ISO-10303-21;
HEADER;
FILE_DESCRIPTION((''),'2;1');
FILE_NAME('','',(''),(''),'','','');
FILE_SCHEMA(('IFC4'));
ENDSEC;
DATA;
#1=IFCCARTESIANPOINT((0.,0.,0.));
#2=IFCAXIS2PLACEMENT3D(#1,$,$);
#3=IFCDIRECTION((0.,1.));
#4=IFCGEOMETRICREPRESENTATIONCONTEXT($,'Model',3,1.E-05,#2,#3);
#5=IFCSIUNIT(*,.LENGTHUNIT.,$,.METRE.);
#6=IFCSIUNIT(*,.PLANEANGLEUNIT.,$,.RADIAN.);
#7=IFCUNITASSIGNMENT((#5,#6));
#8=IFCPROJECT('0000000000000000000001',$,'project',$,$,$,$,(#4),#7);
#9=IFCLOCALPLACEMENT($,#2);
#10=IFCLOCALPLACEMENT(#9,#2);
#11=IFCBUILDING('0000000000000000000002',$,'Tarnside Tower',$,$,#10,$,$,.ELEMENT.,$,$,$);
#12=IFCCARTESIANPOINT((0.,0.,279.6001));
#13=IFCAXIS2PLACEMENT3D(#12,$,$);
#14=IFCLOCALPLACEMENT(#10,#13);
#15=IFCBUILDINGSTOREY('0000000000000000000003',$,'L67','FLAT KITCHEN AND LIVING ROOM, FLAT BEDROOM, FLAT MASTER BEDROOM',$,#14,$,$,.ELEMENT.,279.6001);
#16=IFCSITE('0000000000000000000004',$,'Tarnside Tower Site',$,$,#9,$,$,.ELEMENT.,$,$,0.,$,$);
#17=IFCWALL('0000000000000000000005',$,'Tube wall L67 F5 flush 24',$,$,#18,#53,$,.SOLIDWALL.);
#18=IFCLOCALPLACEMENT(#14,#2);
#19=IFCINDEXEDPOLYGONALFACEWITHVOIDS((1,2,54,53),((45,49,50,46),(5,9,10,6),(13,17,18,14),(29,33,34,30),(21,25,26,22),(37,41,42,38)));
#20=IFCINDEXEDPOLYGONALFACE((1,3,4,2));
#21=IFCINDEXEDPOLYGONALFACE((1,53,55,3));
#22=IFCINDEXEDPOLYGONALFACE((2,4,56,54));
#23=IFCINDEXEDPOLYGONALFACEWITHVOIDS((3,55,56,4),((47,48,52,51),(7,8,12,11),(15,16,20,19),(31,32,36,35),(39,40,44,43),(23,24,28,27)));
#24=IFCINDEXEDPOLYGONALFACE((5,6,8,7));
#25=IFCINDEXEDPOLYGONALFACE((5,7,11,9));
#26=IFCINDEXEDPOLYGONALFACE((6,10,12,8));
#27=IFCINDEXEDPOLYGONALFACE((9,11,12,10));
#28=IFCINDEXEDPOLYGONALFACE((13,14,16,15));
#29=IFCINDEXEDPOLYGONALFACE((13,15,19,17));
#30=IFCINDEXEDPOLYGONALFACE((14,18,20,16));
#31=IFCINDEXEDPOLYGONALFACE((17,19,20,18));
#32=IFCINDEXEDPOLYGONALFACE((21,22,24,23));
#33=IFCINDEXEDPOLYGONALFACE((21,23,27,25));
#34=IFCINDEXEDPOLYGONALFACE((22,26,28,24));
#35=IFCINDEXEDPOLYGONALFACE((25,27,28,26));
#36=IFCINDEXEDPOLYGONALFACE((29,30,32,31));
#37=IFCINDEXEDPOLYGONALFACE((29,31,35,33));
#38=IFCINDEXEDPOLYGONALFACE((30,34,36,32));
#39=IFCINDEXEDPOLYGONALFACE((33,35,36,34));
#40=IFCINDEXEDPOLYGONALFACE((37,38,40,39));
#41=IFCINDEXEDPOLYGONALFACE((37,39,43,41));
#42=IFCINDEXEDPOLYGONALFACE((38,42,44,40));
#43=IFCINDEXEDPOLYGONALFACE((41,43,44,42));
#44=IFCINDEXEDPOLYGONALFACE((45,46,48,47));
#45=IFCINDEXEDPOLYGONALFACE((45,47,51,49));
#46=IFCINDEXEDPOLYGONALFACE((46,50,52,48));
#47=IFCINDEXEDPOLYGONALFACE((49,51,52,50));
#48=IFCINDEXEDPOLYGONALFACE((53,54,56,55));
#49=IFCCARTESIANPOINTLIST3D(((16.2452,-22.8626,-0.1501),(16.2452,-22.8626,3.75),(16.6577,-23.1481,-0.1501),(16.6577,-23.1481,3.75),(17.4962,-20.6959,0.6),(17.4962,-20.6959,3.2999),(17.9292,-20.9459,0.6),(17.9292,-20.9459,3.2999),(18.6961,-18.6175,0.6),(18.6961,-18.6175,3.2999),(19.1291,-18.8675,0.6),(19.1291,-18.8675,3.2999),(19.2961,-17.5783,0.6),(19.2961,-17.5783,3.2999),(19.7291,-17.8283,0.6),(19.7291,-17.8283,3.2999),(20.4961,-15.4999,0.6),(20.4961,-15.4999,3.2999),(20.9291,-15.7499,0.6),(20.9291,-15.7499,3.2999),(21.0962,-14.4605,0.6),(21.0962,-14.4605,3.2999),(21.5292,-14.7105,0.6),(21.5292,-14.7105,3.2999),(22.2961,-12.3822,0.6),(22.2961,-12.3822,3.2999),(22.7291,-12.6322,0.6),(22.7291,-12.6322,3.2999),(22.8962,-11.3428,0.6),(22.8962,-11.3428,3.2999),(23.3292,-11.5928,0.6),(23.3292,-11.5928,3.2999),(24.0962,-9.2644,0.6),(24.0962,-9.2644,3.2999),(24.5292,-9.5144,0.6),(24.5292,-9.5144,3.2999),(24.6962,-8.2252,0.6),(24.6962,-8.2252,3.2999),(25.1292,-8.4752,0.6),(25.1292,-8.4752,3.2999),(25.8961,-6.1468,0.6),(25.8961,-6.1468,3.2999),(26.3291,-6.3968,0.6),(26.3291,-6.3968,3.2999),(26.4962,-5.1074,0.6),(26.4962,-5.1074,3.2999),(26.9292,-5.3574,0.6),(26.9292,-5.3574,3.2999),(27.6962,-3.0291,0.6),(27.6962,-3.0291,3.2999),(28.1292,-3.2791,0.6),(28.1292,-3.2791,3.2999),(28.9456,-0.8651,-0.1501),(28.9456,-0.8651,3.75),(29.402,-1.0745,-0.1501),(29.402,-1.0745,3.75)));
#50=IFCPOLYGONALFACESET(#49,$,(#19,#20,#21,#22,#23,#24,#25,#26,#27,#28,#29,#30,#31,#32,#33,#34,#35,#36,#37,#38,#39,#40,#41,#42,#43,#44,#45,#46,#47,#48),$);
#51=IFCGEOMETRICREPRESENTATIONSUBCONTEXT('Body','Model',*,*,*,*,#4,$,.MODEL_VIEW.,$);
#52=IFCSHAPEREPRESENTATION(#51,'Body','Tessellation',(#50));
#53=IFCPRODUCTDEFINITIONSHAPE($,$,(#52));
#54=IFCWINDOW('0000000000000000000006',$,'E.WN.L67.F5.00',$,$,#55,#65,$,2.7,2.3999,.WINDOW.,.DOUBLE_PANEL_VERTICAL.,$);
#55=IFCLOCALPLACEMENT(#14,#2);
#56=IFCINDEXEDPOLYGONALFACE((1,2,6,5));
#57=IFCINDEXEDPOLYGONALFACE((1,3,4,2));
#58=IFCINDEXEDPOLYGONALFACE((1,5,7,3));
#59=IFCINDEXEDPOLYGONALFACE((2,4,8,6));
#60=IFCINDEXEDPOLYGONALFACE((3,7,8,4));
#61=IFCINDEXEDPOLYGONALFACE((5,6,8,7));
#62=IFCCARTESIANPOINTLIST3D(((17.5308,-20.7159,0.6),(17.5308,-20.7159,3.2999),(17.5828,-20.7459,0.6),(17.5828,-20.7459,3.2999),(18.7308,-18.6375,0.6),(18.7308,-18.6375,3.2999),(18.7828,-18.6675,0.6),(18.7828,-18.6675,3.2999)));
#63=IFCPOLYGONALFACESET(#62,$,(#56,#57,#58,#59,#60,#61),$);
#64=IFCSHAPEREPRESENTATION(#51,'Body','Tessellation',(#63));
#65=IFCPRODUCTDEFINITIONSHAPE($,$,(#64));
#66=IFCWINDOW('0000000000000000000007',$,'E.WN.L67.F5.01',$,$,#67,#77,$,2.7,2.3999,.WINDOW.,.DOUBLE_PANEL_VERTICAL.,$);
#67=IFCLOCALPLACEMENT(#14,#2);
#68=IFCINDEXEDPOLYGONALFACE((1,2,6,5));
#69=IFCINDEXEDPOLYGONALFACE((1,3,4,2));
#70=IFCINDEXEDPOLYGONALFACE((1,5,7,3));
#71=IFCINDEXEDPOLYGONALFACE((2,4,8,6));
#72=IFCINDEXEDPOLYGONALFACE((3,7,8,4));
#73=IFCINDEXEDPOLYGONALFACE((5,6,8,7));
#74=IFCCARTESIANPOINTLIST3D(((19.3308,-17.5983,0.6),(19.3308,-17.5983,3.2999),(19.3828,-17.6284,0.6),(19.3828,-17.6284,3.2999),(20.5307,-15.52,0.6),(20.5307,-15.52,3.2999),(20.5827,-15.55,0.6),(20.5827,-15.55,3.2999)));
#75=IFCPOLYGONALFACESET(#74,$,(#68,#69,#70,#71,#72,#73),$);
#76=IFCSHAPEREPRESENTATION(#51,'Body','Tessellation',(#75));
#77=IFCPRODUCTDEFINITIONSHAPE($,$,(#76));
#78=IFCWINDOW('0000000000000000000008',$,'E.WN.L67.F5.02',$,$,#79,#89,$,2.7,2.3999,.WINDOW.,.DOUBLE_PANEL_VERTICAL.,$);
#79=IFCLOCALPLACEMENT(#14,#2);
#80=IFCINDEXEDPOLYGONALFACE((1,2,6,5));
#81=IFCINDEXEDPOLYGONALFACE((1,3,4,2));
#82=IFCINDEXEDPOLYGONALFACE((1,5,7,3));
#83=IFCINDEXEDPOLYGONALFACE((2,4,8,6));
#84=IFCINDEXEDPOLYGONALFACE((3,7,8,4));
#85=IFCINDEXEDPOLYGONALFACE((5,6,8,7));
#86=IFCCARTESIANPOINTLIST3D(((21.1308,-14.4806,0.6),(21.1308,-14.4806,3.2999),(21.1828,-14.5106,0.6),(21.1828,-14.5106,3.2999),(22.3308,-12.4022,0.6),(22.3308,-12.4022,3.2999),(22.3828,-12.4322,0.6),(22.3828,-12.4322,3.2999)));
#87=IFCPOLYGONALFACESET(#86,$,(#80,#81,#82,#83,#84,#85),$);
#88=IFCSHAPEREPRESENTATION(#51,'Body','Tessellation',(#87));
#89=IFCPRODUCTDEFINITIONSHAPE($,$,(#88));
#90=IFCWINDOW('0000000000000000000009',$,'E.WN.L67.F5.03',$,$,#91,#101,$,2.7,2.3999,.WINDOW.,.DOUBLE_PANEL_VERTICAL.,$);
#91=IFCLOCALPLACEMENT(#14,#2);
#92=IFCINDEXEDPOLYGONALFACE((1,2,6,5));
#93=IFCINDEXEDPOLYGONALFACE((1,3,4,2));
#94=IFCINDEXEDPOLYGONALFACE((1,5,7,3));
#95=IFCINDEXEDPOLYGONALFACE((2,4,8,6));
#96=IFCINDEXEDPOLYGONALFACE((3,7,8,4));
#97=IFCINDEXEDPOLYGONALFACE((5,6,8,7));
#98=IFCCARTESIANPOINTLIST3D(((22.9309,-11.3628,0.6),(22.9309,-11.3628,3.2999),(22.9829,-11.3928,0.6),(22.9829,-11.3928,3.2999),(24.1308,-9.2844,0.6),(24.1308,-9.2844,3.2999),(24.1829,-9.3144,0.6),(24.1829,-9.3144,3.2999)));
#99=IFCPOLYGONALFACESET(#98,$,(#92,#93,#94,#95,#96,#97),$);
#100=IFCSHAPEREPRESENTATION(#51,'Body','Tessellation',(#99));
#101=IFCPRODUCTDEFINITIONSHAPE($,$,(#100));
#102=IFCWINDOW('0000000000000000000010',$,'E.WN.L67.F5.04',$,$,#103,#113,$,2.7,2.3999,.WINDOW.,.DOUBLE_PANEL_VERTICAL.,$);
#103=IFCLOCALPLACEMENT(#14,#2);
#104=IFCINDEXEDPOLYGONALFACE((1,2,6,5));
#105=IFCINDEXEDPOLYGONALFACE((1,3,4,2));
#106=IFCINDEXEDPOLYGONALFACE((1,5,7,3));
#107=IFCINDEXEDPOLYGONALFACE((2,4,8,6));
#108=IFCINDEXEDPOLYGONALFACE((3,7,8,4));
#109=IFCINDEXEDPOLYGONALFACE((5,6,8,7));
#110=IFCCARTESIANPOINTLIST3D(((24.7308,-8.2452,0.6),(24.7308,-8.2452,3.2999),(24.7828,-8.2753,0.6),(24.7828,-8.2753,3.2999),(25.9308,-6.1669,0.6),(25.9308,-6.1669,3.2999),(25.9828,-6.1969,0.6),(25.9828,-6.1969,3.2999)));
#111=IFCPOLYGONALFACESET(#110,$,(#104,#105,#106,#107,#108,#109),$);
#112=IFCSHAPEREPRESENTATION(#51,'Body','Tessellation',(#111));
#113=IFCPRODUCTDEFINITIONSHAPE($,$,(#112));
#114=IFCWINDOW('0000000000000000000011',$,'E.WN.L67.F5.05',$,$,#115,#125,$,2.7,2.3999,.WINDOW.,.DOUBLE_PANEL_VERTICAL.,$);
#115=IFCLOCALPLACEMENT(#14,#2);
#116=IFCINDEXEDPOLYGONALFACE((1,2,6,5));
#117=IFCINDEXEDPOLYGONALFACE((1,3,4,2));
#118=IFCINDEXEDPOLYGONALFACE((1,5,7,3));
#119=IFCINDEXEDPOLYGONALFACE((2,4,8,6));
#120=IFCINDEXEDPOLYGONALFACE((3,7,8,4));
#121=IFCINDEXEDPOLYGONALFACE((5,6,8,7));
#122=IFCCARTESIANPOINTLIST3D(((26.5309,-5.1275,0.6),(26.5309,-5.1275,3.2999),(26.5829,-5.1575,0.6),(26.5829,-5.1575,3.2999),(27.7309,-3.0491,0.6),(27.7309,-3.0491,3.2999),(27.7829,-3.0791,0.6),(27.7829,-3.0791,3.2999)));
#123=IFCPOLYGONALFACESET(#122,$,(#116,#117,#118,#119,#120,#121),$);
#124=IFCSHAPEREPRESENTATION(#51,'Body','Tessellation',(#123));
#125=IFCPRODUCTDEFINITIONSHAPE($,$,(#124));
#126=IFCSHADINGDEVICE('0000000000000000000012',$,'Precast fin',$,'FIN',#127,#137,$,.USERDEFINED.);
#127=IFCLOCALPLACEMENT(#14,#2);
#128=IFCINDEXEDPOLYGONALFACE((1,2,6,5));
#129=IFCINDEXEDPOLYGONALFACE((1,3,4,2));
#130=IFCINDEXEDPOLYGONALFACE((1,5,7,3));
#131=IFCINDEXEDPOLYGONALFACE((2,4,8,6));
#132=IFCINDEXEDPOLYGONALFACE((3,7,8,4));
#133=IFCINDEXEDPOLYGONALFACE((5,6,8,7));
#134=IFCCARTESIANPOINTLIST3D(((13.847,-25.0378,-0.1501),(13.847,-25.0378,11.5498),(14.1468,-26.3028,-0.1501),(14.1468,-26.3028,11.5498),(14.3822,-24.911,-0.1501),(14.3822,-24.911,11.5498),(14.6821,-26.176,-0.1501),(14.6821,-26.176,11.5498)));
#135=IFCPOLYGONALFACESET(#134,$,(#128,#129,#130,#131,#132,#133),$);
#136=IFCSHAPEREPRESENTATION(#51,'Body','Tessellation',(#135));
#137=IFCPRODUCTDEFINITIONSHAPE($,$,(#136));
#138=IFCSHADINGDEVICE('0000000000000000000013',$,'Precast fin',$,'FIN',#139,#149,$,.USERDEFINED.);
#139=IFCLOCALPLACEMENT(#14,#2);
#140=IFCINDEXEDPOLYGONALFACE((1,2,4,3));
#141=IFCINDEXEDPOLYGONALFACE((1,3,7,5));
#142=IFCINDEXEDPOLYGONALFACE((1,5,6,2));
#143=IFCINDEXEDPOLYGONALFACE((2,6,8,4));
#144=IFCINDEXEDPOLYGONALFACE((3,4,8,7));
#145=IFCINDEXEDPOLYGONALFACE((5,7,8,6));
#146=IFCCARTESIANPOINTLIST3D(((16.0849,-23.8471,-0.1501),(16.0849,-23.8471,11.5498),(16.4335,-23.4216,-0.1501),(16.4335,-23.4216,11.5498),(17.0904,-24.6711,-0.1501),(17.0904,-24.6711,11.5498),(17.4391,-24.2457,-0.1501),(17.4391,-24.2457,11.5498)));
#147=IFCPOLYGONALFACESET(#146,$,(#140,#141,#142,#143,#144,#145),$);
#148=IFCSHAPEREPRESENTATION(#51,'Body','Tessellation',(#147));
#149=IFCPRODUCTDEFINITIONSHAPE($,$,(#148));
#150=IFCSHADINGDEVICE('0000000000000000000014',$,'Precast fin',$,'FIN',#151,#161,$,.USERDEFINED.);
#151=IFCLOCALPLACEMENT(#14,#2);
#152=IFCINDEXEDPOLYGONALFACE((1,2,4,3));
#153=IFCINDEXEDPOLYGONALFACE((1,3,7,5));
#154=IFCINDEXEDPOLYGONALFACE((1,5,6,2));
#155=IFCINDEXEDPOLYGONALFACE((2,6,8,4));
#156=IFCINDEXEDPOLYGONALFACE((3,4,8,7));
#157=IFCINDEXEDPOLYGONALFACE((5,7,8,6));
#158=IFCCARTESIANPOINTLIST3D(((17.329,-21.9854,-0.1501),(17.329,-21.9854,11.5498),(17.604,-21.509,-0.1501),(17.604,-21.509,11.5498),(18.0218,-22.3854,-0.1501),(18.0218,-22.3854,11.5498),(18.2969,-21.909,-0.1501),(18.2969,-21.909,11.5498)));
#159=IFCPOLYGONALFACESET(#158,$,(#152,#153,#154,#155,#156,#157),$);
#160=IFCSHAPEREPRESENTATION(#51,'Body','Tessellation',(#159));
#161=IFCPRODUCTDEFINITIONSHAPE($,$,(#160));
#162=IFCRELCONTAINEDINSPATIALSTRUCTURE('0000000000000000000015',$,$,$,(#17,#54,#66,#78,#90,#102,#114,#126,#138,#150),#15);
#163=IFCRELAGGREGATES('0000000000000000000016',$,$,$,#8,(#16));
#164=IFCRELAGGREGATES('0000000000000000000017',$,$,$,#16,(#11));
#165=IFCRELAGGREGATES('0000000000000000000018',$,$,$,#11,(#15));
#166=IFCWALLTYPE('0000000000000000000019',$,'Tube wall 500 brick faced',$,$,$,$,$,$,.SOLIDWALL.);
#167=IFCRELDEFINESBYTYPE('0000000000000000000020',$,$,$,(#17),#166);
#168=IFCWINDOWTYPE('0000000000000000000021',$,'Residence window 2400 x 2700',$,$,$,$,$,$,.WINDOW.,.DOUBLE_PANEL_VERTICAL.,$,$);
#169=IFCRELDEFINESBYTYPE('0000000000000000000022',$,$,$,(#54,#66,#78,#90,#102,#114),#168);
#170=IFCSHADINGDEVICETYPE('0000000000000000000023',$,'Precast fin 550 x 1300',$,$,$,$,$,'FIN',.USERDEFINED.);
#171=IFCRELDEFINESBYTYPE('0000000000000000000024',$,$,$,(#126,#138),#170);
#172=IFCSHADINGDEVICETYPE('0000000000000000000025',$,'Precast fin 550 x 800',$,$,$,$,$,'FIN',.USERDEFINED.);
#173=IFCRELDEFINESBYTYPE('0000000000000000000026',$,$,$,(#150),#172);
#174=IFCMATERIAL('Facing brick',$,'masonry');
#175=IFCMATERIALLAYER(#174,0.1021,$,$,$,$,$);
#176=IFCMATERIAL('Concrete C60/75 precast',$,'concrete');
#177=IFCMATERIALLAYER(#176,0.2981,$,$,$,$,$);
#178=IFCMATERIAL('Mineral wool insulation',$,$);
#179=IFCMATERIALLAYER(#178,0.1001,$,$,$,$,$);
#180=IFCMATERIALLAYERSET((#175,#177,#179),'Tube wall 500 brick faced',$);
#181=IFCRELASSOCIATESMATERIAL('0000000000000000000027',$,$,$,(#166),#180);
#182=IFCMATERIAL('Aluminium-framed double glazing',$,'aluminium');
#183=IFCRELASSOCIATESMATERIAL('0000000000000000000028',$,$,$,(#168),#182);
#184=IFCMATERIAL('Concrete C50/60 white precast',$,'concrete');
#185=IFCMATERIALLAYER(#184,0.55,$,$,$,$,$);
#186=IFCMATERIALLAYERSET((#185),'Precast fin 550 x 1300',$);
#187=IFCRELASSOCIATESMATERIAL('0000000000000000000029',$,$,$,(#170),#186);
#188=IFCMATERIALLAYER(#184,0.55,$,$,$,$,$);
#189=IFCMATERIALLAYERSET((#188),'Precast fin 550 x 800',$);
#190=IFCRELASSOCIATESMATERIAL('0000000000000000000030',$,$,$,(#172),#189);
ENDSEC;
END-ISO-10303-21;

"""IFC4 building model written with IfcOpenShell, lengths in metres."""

from ifc_helpers import new_model, si_unit, direction, frame, frame_2d, origin, place, context, subcontext, project, spatial, polyline, rectangle, outline, extrude, material, layer, layer_set, type_object, element, fill, save


model = new_model("IFC4")

# Units and contexts
model_context = context("Model", 3, precision=1e-05, world=origin(), true_north=direction((0.0, 1.0)))
body_context = subcontext(model_context, "Body", "Model", "MODEL_VIEW")
ifc_project = project(units=[si_unit("LENGTHUNIT", "METRE"), si_unit("PLANEANGLEUNIT", "RADIAN")], contexts=[model_context])

# Site, building, storey
site_placement = place(None, origin())
site = spatial("IfcSite", under=ifc_project, at=site_placement, Name="Tarnside Tower Site", CompositionType="ELEMENT", RefElevation=0.0)
building_placement = place(site_placement, origin())
building = spatial("IfcBuilding", under=site, at=building_placement, Name="Tarnside Tower", CompositionType="ELEMENT")
storey_placement = place(building_placement, frame((0.0, 0.0, 279.6001)))
storey = spatial("IfcBuildingStorey", under=building, at=storey_placement, Name="L67", Description="FLAT KITCHEN AND LIVING ROOM, FLAT BEDROOM, FLAT MASTER BEDROOM", CompositionType="ELEMENT", Elevation=279.6001)

# Shared definitions
ifc_material_1 = material(Name="Facing brick", Category="masonry")
ifc_layer_1 = layer(ifc_material_1, 0.1021)
ifc_material_2 = material(Name="Concrete C60/75 precast", Category="concrete")
ifc_layer_2 = layer(ifc_material_2, 0.2981)
ifc_material_3 = material(Name="Mineral wool insulation")
ifc_layer_3 = layer(ifc_material_3, 0.1001)
ifc_layer_set_1 = layer_set([ifc_layer_1, ifc_layer_2, ifc_layer_3], Name="Tube wall 500 brick faced")
wall_type_1 = type_object("IfcWallType", Name="Tube wall 500 brick faced", PredefinedType="SOLIDWALL", material=ifc_layer_set_1)

# Wall, openings, windows
wall_1_placement = place(storey_placement, frame((16.4514, -23.0054, -0.1501), z_axis=(0.0, 0.0, 1.0), x_axis=(0.500004, 0.866023, 0.0)))
wall_1 = element("IfcWall", 1, at=wall_1_placement, inside=storey, type_object=wall_type_1, Name="Tube wall L67 F5 flush 24", PredefinedType="SOLIDWALL", context=body_context, shape_type="SweptSolid", body=[
    extrude(outline(polyline([(-0.0205, -0.25), (25.468, -0.25), (25.4211, 0.25), (0.0205, 0.25), (-0.0205, -0.25)])), origin(), (0.0, 0.0, 1.0), 3.9001),
])
opening_1_placement = place(wall_1_placement, frame((2.5225, 0.0, 0.75)))
opening_1 = element("IfcOpeningElement", 2, at=opening_1_placement, cuts=wall_1, PredefinedType="OPENING", context=body_context, shape_type="SweptSolid", body=[
    extrude(rectangle(XDim=2.3999, YDim=2.7, at=frame_2d((1.2, 1.3501))), frame((0.0, 0.26, 0.0), z_axis=(0.0, -1.0, 0.0), x_axis=(1.0, 0.0, 0.0)), (0.0, 0.0, 1.0), 0.52),
])
opening_2_placement = place(wall_1_placement, frame((6.1223, 0.0, 0.75)))
opening_2 = element("IfcOpeningElement", 3, at=opening_2_placement, cuts=wall_1, PredefinedType="OPENING", context=body_context, shape_type="SweptSolid", body=[
    extrude(rectangle(XDim=2.3999, YDim=2.7, at=frame_2d((1.2, 1.3501))), frame((0.0, 0.26, 0.0), z_axis=(0.0, -1.0, 0.0), x_axis=(1.0, 0.0, 0.0)), (0.0, 0.0, 1.0), 0.52),
])
opening_3_placement = place(wall_1_placement, frame((9.7224, 0.0, 0.75)))
opening_3 = element("IfcOpeningElement", 4, at=opening_3_placement, cuts=wall_1, PredefinedType="OPENING", context=body_context, shape_type="SweptSolid", body=[
    extrude(rectangle(XDim=2.3999, YDim=2.7, at=frame_2d((1.2, 1.3501))), frame((0.0, 0.26, 0.0), z_axis=(0.0, -1.0, 0.0), x_axis=(1.0, 0.0, 0.0)), (0.0, 0.0, 1.0), 0.52),
])
opening_4_placement = place(wall_1_placement, frame((13.3225, 0.0, 0.75)))
opening_4 = element("IfcOpeningElement", 5, at=opening_4_placement, cuts=wall_1, PredefinedType="OPENING", context=body_context, shape_type="SweptSolid", body=[
    extrude(rectangle(XDim=2.3999, YDim=2.7, at=frame_2d((1.2, 1.3501))), frame((0.0, 0.26, 0.0), z_axis=(0.0, -1.0, 0.0), x_axis=(1.0, 0.0, 0.0)), (0.0, 0.0, 1.0), 0.52),
])
opening_5_placement = place(wall_1_placement, frame((16.9224, 0.0, 0.75)))
opening_5 = element("IfcOpeningElement", 6, at=opening_5_placement, cuts=wall_1, PredefinedType="OPENING", context=body_context, shape_type="SweptSolid", body=[
    extrude(rectangle(XDim=2.3999, YDim=2.7, at=frame_2d((1.2, 1.3501))), frame((0.0, 0.26, 0.0), z_axis=(0.0, -1.0, 0.0), x_axis=(1.0, 0.0, 0.0)), (0.0, 0.0, 1.0), 0.52),
])
opening_6_placement = place(wall_1_placement, frame((20.5225, 0.0, 0.75)))
opening_6 = element("IfcOpeningElement", 7, at=opening_6_placement, cuts=wall_1, PredefinedType="OPENING", context=body_context, shape_type="SweptSolid", body=[
    extrude(rectangle(XDim=2.3999, YDim=2.7, at=frame_2d((1.2, 1.3501))), frame((0.0, 0.26, 0.0), z_axis=(0.0, -1.0, 0.0), x_axis=(1.0, 0.0, 0.0)), (0.0, 0.0, 1.0), 0.52),
])
ifc_material_4 = material(Name="Aluminium-framed double glazing", Category="aluminium")
window_type = type_object("IfcWindowType", Name="Residence window 2400 x 2700", PartitioningType="DOUBLE_PANEL_VERTICAL", PredefinedType="WINDOW", material=ifc_material_4)
window_1_placement = place(opening_1_placement, frame((0.0, 0.1799, 0.0)))
window_1 = element("IfcWindow", 8, at=window_1_placement, inside=storey, type_object=window_type, Name="E.WN.L67.F5.00", OverallHeight=2.7, OverallWidth=2.3999, PartitioningType="DOUBLE_PANEL_VERTICAL", PredefinedType="WINDOW", context=body_context, shape_type="SweptSolid", body=[
    extrude(rectangle(XDim=2.3999, YDim=2.7, at=frame_2d((1.2, 1.3501))), frame((0.0, 0.03, 0.0), z_axis=(0.0, -1.0, 0.0), x_axis=(1.0, 0.0, 0.0)), (0.0, 0.0, 1.0), 0.0601),
])
fill(opening_1, window_1)
window_2_placement = place(opening_2_placement, frame((0.0, 0.1799, 0.0)))
window_2 = element("IfcWindow", 9, at=window_2_placement, inside=storey, type_object=window_type, Name="E.WN.L67.F5.01", OverallHeight=2.7, OverallWidth=2.3999, PartitioningType="DOUBLE_PANEL_VERTICAL", PredefinedType="WINDOW", context=body_context, shape_type="SweptSolid", body=[
    extrude(rectangle(XDim=2.3999, YDim=2.7, at=frame_2d((1.2, 1.3501))), frame((0.0, 0.03, 0.0), z_axis=(0.0, -1.0, 0.0), x_axis=(1.0, 0.0, 0.0)), (0.0, 0.0, 1.0), 0.0601),
])
fill(opening_2, window_2)
window_3_placement = place(opening_3_placement, frame((0.0, 0.1799, 0.0)))
window_3 = element("IfcWindow", 10, at=window_3_placement, inside=storey, type_object=window_type, Name="E.WN.L67.F5.02", OverallHeight=2.7, OverallWidth=2.3999, PartitioningType="DOUBLE_PANEL_VERTICAL", PredefinedType="WINDOW", context=body_context, shape_type="SweptSolid", body=[
    extrude(rectangle(XDim=2.3999, YDim=2.7, at=frame_2d((1.2, 1.3501))), frame((0.0, 0.03, 0.0), z_axis=(0.0, -1.0, 0.0), x_axis=(1.0, 0.0, 0.0)), (0.0, 0.0, 1.0), 0.0601),
])
fill(opening_3, window_3)
window_4_placement = place(opening_4_placement, frame((0.0, 0.1799, 0.0)))
window_4 = element("IfcWindow", 11, at=window_4_placement, inside=storey, type_object=window_type, Name="E.WN.L67.F5.03", OverallHeight=2.7, OverallWidth=2.3999, PartitioningType="DOUBLE_PANEL_VERTICAL", PredefinedType="WINDOW", context=body_context, shape_type="SweptSolid", body=[
    extrude(rectangle(XDim=2.3999, YDim=2.7, at=frame_2d((1.2, 1.3501))), frame((0.0, 0.03, 0.0), z_axis=(0.0, -1.0, 0.0), x_axis=(1.0, 0.0, 0.0)), (0.0, 0.0, 1.0), 0.0601),
])
fill(opening_4, window_4)
window_5_placement = place(opening_5_placement, frame((0.0, 0.1799, 0.0)))
window_5 = element("IfcWindow", 12, at=window_5_placement, inside=storey, type_object=window_type, Name="E.WN.L67.F5.04", OverallHeight=2.7, OverallWidth=2.3999, PartitioningType="DOUBLE_PANEL_VERTICAL", PredefinedType="WINDOW", context=body_context, shape_type="SweptSolid", body=[
    extrude(rectangle(XDim=2.3999, YDim=2.7, at=frame_2d((1.2, 1.3501))), frame((0.0, 0.03, 0.0), z_axis=(0.0, -1.0, 0.0), x_axis=(1.0, 0.0, 0.0)), (0.0, 0.0, 1.0), 0.0601),
])
fill(opening_5, window_5)
window_6_placement = place(opening_6_placement, frame((0.0, 0.1799, 0.0)))
window_6 = element("IfcWindow", 13, at=window_6_placement, inside=storey, type_object=window_type, Name="E.WN.L67.F5.05", OverallHeight=2.7, OverallWidth=2.3999, PartitioningType="DOUBLE_PANEL_VERTICAL", PredefinedType="WINDOW", context=body_context, shape_type="SweptSolid", body=[
    extrude(rectangle(XDim=2.3999, YDim=2.7, at=frame_2d((1.2, 1.3501))), frame((0.0, 0.03, 0.0), z_axis=(0.0, -1.0, 0.0), x_axis=(1.0, 0.0, 0.0)), (0.0, 0.0, 1.0), 0.0601),
])
fill(opening_6, window_6)

# Shading devices
ifc_material_5 = material(Name="Concrete C50/60 white precast", Category="concrete")
ifc_layer_4 = layer(ifc_material_5, 0.55)
ifc_layer_set_2 = layer_set([ifc_layer_4], Name="Precast fin 550 x 1300")
shading_device_type_1 = type_object("IfcShadingDeviceType", Name="Precast fin 550 x 1300", ElementType="FIN", PredefinedType="USERDEFINED", material=ifc_layer_set_2)
for number, where, z_axis, x_axis, name in (
    (14, (14.1147, -24.9744, -0.1501), (-0.973045, -0.230616, 0.0), (0.230616, -0.973045, 0.0), "Precast fin"),
    (15, (16.2593, -23.6343, -0.1501), (-0.633831, -0.773472, 0.0), (0.773472, -0.633831, 0.0), "Precast fin"),
):
    element("IfcShadingDevice", number, at=place(storey_placement, frame(where, z_axis=z_axis, x_axis=x_axis)), inside=storey, type_object=shading_device_type_1, Name=name, ObjectType="FIN", PredefinedType="USERDEFINED", context=body_context, shape_type="SweptSolid", body=[
        extrude(outline(polyline([(0.0, 0.0), (1.3, 0.0), (1.3, 11.7), (0.0, 11.7), (0.0, 0.0)])), frame((0.0, 0.0, -0.2749)), (0.0, 0.0, 1.0), 0.55),
    ])
ifc_layer_5 = layer(ifc_material_5, 0.55)
ifc_layer_set_3 = layer_set([ifc_layer_5], Name="Precast fin 550 x 800")
shading_device_type_2 = type_object("IfcShadingDeviceType", Name="Precast fin 550 x 800", ElementType="FIN", PredefinedType="USERDEFINED", material=ifc_layer_set_3)
for number, where, z_axis, x_axis, name in (
    (16, (17.4666, -21.7471, -0.1501), (-0.5, -0.866025, 0.0), (0.866025, -0.5, 0.0), "Precast fin"),
):
    element("IfcShadingDevice", number, at=place(storey_placement, frame(where, z_axis=z_axis, x_axis=x_axis)), inside=storey, type_object=shading_device_type_2, Name=name, ObjectType="FIN", PredefinedType="USERDEFINED", context=body_context, shape_type="SweptSolid", body=[
        extrude(outline(polyline([(0.0, 0.0), (0.8, 0.0), (0.8, 11.7), (0.0, 11.7), (0.0, 0.0)])), frame((0.0, 0.0, -0.2749)), (0.0, 0.0, 1.0), 0.55),
    ])

save(model, "model.ifc")
